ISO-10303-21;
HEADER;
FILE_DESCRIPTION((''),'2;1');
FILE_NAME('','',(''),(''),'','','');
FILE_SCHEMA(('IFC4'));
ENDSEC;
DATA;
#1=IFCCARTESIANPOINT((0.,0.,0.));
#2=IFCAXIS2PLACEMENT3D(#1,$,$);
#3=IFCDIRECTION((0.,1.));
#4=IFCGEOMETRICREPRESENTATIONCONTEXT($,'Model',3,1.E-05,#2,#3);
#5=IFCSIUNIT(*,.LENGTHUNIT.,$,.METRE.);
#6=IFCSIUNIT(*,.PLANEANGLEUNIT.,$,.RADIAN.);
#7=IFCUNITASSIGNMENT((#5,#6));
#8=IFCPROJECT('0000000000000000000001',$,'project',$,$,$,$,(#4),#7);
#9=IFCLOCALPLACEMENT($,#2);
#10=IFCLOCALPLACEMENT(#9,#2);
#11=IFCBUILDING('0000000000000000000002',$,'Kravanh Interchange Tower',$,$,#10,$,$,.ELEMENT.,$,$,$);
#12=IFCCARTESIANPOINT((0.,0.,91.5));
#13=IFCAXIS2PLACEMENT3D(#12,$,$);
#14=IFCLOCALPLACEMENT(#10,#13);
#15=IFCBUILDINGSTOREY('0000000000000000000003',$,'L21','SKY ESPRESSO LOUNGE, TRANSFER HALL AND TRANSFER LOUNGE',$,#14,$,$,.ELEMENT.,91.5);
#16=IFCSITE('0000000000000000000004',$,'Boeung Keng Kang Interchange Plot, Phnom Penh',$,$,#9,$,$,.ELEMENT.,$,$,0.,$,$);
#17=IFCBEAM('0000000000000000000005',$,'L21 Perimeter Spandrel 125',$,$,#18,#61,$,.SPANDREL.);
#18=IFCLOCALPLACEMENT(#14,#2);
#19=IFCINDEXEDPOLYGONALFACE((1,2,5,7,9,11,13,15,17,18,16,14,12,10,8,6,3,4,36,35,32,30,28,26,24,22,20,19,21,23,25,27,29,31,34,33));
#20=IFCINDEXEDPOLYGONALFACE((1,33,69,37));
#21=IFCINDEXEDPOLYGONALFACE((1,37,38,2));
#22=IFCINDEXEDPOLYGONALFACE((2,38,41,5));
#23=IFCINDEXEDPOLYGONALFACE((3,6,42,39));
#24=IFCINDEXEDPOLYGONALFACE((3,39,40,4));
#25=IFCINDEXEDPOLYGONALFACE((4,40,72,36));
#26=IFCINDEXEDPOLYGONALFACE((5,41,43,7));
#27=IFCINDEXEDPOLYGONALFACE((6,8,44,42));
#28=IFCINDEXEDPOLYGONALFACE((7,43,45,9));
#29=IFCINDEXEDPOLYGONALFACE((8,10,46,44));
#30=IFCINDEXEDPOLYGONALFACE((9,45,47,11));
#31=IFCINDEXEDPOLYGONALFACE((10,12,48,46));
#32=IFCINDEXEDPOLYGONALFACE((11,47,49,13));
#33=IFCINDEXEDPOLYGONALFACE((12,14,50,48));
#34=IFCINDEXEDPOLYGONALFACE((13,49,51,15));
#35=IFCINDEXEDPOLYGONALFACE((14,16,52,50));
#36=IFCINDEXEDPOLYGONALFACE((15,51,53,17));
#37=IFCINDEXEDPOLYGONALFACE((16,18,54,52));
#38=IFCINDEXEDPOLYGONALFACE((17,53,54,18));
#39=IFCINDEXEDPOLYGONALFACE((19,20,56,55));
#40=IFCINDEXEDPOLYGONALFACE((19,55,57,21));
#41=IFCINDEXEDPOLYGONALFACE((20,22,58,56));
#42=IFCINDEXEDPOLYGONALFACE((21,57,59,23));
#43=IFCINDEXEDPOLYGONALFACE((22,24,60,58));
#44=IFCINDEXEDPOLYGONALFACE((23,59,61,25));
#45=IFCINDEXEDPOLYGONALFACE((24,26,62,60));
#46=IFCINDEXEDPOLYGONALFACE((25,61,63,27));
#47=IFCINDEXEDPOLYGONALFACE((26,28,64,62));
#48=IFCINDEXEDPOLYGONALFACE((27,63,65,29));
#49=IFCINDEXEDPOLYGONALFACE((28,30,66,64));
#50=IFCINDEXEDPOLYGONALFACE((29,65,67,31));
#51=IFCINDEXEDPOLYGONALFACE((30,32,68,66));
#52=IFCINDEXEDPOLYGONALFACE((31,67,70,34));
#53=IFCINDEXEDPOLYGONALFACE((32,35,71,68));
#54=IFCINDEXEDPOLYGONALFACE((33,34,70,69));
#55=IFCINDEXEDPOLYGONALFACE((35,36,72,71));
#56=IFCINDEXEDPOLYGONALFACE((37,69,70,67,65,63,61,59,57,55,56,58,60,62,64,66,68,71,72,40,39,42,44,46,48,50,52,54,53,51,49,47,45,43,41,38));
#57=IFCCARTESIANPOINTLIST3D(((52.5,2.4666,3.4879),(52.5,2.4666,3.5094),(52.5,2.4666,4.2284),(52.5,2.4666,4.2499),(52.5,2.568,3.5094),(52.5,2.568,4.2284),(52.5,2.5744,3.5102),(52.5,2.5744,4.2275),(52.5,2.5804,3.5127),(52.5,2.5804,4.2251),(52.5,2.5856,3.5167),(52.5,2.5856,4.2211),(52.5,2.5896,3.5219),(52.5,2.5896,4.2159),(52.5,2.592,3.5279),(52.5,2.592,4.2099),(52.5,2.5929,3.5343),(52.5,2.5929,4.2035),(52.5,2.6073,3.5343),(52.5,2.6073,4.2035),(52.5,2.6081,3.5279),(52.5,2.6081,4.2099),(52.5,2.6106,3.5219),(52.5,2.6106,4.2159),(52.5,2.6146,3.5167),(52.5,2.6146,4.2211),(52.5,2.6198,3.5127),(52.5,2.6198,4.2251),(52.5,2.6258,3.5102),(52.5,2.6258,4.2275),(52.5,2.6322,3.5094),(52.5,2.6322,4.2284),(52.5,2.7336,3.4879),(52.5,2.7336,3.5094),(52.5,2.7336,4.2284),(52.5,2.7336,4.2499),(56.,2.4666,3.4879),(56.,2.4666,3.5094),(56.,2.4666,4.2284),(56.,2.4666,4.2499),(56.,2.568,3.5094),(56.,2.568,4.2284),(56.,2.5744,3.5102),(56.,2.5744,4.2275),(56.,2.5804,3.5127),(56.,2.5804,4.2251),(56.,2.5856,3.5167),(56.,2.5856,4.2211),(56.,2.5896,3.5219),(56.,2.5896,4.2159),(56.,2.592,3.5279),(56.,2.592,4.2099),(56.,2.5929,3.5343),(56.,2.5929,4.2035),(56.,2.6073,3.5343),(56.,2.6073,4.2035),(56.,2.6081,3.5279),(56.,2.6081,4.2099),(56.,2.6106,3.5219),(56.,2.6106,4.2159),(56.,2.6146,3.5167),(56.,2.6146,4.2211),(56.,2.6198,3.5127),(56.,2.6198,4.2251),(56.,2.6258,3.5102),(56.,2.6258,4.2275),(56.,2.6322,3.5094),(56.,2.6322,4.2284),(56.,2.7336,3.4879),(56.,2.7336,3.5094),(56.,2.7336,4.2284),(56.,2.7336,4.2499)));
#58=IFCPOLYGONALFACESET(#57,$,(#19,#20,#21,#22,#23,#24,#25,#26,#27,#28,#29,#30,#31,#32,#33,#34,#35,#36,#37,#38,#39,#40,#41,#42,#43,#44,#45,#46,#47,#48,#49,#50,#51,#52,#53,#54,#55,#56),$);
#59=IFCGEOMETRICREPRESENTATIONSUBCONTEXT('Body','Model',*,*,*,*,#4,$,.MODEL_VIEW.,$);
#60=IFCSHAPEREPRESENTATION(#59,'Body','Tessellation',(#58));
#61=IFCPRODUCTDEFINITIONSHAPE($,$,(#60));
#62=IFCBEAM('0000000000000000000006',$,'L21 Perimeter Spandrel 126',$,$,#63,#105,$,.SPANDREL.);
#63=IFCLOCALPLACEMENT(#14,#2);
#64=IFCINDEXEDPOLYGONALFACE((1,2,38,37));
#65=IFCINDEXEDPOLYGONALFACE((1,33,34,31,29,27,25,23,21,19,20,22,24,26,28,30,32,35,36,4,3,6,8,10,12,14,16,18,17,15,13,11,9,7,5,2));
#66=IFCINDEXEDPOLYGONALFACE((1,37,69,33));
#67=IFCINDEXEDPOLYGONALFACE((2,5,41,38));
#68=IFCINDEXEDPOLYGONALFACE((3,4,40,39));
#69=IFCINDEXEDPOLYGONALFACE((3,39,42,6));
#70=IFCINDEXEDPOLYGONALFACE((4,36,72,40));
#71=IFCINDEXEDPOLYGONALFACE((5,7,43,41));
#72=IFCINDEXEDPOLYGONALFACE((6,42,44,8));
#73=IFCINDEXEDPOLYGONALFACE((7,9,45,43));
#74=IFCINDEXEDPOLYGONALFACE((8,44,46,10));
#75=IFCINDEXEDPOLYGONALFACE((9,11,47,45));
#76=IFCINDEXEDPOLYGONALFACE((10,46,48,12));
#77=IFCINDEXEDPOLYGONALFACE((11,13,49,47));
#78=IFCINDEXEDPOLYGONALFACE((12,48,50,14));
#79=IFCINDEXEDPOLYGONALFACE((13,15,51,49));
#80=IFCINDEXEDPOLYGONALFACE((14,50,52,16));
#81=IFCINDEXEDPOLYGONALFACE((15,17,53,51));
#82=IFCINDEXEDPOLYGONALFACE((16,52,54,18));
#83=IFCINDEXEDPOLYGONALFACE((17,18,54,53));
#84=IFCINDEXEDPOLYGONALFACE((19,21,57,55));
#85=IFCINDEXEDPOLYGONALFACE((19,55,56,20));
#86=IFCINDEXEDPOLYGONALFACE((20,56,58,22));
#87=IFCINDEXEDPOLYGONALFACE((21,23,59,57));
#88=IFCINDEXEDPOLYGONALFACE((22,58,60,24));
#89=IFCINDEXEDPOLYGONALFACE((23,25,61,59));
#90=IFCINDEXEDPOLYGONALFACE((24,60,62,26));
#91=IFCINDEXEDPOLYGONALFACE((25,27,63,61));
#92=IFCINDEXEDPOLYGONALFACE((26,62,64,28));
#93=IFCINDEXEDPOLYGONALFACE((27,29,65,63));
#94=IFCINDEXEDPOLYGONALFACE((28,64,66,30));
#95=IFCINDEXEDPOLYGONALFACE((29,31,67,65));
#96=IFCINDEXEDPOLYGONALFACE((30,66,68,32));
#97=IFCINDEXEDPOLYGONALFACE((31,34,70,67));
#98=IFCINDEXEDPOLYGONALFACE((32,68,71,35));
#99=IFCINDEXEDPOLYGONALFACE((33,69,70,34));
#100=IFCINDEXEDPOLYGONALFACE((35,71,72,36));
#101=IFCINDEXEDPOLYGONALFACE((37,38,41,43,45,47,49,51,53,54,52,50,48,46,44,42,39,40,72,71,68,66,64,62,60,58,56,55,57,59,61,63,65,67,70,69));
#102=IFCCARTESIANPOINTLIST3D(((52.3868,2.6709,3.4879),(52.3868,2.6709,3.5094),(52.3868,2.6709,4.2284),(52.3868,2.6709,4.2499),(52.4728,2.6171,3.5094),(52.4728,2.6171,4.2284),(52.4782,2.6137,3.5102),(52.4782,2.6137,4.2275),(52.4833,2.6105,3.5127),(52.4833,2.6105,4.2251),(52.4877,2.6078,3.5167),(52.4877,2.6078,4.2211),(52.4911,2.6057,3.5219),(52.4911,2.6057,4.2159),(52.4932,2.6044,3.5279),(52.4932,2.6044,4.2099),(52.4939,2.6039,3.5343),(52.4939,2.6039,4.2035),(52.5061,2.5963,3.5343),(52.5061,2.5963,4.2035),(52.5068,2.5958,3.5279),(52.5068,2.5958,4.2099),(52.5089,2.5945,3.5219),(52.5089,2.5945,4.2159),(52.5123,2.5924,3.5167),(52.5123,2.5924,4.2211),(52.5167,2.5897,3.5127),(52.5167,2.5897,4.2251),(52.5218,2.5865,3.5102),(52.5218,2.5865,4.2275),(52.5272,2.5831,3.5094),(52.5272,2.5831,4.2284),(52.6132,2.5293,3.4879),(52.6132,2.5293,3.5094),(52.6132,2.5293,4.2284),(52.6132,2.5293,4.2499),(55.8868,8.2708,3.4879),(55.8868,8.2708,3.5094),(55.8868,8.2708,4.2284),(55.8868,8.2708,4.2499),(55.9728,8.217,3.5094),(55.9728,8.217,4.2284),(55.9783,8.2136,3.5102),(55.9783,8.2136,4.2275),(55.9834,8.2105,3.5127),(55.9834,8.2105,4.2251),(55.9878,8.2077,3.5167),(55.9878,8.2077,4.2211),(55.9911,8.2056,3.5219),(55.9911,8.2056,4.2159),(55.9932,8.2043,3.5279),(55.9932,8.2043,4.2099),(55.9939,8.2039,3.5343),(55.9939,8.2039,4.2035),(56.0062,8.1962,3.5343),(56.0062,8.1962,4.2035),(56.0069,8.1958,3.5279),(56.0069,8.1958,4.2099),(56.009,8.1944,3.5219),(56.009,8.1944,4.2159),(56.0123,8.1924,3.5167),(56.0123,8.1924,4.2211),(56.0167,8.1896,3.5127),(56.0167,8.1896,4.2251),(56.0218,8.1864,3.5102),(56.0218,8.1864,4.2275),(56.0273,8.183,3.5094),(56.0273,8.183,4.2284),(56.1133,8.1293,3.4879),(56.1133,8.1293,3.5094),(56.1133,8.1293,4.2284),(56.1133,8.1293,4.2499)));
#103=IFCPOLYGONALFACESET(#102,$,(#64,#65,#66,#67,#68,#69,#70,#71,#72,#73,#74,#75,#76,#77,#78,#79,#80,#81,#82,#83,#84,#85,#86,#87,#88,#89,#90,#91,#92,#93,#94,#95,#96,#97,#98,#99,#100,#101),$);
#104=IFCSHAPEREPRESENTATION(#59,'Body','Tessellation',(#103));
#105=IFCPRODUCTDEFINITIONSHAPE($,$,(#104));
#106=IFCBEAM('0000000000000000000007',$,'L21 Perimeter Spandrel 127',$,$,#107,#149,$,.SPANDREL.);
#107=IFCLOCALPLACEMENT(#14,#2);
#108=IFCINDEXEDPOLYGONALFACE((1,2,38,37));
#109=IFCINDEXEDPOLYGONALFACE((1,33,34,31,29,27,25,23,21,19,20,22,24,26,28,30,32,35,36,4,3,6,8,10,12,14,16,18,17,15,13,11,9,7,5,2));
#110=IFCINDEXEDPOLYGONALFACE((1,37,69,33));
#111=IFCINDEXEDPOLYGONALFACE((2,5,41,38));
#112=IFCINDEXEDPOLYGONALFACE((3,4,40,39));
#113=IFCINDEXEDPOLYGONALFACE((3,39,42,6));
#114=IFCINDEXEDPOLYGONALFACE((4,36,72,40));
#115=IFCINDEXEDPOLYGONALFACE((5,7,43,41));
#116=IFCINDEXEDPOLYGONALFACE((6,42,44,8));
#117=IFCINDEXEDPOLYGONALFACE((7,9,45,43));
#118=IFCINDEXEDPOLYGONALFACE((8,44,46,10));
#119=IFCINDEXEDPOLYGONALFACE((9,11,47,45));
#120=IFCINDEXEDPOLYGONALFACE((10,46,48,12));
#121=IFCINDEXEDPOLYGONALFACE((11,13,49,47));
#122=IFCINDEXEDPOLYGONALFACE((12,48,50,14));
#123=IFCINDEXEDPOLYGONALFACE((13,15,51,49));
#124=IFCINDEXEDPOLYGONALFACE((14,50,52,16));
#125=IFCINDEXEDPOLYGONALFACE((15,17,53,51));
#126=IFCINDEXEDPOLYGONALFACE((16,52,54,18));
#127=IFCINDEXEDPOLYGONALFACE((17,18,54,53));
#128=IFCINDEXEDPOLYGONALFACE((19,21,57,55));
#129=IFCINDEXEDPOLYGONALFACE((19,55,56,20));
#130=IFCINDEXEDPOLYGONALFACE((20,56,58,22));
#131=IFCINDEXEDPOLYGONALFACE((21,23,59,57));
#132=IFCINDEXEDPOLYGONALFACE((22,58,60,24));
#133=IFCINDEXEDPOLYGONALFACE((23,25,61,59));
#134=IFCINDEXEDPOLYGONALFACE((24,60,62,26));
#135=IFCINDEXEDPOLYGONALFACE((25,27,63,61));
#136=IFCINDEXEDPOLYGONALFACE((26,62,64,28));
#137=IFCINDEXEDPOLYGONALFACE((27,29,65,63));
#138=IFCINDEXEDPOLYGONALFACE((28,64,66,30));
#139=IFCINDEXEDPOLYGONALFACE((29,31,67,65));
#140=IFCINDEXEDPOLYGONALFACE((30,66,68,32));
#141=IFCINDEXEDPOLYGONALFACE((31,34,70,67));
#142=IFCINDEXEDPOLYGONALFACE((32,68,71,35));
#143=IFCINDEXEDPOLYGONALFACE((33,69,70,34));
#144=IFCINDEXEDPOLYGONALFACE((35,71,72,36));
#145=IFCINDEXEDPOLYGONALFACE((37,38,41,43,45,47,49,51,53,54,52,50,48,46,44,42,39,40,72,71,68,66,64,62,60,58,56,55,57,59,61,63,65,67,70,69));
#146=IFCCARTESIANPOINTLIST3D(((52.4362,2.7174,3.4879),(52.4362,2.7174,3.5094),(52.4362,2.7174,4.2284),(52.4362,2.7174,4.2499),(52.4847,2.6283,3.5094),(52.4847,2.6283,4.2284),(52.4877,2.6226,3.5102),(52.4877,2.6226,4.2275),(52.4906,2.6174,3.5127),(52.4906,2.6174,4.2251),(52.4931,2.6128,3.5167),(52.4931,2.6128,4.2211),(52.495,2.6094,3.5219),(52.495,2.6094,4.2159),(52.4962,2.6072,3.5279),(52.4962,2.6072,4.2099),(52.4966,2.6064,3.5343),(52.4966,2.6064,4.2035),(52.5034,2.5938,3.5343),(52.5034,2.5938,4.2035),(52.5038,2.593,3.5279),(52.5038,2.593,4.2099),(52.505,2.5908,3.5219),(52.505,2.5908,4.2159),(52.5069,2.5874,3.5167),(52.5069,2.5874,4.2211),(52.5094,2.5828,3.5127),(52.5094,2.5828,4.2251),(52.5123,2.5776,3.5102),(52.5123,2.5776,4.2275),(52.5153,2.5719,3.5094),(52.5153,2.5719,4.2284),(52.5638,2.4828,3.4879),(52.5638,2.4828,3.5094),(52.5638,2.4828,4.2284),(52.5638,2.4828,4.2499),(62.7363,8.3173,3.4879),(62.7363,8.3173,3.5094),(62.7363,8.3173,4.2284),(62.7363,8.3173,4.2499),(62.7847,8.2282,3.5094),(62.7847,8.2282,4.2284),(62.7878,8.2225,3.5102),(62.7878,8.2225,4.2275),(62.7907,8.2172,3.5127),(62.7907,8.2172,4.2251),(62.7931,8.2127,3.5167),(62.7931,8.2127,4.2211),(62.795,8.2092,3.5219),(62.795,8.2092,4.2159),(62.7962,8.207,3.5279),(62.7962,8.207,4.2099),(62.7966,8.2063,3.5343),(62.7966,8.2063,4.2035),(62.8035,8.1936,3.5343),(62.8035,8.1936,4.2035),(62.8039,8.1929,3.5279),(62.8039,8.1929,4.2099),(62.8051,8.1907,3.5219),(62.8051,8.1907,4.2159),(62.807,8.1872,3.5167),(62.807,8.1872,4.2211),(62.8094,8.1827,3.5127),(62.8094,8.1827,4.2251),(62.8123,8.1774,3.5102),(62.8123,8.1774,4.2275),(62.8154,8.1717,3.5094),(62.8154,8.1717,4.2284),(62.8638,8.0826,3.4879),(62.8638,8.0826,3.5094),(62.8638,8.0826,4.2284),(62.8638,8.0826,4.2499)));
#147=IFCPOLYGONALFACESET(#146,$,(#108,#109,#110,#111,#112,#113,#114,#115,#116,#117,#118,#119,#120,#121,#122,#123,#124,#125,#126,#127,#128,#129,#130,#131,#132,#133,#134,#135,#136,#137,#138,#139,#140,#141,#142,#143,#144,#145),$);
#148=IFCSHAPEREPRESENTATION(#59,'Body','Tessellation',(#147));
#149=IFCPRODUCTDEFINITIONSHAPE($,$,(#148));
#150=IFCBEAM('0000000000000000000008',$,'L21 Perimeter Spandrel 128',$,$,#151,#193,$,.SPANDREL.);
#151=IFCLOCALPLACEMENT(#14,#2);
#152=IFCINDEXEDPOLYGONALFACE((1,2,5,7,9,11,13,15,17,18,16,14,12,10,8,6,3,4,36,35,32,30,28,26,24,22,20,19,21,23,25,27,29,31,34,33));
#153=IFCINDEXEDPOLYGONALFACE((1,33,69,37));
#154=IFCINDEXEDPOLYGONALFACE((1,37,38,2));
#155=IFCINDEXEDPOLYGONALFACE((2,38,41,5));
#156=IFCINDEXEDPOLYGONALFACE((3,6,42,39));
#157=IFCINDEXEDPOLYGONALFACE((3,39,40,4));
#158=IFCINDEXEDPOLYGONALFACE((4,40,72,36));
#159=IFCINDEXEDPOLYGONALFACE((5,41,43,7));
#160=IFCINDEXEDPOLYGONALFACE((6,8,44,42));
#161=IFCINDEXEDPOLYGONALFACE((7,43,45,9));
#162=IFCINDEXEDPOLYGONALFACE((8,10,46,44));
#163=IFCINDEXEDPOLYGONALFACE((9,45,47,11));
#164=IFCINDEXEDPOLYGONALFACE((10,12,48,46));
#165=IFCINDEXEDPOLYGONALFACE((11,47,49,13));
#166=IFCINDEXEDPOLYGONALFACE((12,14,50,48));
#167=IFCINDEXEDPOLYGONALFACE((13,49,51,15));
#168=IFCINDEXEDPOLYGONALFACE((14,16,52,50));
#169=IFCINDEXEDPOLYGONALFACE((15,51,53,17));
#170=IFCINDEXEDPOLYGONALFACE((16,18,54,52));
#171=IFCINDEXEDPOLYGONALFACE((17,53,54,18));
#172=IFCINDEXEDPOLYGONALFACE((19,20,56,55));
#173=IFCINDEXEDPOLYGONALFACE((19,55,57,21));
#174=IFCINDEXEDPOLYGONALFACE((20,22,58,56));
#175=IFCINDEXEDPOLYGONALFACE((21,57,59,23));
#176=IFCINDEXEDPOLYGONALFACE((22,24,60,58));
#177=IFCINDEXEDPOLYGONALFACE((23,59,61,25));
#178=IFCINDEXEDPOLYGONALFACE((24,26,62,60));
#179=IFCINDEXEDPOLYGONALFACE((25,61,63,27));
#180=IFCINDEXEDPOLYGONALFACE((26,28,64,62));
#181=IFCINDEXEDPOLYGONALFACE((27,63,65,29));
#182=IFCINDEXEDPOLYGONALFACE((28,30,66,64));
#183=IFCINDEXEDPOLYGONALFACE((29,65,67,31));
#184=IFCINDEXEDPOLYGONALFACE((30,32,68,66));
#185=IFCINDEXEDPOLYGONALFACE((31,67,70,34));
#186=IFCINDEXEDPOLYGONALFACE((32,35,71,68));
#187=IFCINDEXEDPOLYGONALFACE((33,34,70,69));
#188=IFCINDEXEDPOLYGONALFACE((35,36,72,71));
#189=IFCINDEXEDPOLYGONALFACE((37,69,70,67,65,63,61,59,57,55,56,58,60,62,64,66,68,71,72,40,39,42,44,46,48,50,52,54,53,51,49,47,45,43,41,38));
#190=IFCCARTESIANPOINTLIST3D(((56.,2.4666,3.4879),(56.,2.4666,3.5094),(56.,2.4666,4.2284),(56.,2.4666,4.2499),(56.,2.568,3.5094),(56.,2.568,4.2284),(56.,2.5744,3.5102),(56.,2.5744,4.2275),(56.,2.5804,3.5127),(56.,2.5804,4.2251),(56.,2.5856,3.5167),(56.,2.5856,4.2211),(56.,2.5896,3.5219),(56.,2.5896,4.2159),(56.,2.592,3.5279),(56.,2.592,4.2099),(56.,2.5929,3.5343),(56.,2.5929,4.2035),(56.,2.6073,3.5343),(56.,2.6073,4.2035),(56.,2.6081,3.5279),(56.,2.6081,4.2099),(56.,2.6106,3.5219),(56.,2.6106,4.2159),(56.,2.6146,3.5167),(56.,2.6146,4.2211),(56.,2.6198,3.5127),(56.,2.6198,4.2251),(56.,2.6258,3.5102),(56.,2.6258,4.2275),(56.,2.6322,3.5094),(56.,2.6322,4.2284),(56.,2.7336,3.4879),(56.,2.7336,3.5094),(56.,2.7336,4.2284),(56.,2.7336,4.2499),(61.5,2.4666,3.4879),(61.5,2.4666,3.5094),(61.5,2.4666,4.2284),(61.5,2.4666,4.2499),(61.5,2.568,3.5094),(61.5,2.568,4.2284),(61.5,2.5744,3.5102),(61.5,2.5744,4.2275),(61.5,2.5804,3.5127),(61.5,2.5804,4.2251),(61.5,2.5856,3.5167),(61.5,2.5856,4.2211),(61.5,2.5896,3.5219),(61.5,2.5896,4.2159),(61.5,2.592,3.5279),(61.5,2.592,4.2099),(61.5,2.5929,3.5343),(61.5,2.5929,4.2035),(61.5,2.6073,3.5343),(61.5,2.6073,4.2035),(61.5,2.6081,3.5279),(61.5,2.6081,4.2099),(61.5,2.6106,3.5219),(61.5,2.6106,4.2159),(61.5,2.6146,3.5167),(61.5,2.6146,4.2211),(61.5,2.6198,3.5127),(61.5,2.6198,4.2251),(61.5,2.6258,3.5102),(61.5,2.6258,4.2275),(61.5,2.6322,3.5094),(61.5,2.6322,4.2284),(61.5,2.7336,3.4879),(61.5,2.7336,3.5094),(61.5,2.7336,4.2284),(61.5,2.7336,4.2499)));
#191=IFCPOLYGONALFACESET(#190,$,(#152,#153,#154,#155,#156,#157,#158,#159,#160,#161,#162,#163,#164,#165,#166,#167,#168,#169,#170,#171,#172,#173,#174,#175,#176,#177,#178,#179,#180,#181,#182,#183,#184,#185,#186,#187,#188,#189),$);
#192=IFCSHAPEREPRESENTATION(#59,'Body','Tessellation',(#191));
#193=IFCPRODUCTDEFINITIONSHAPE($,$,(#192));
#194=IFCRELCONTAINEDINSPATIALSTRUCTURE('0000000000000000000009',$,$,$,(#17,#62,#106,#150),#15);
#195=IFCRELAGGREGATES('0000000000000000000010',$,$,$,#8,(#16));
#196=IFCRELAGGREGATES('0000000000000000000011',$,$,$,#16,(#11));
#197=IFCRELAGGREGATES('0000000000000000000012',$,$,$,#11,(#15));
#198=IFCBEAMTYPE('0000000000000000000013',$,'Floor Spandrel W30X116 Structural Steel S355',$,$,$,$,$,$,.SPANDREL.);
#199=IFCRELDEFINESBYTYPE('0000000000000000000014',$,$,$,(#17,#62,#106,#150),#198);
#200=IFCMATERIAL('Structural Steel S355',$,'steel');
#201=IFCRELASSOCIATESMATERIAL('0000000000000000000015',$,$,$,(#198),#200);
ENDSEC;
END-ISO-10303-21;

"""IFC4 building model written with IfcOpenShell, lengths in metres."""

from ifc_helpers import new_model, si_unit, direction, frame, origin, origin_2d, place, context, subcontext, project, spatial, i_section, extrude, material, material_profile, profile_set, type_object, element, save


model = new_model("IFC4")

# Units and contexts
model_context = context("Model", 3, precision=1e-05, world=origin(), true_north=direction((0.0, 1.0)))
body_context = subcontext(model_context, "Body", "Model", "MODEL_VIEW")
ifc_project = project(units=[si_unit("LENGTHUNIT", "METRE"), si_unit("PLANEANGLEUNIT", "RADIAN")], contexts=[model_context])

# Site, building, storey
site_placement = place(None, origin())
site = spatial("IfcSite", under=ifc_project, at=site_placement, Name="Boeung Keng Kang Interchange Plot, Phnom Penh", CompositionType="ELEMENT", RefElevation=0.0)
building_placement = place(site_placement, origin())
building = spatial("IfcBuilding", under=site, at=building_placement, Name="Kravanh Interchange Tower", CompositionType="ELEMENT")
storey_placement = place(building_placement, frame((0.0, 0.0, 91.5)))
storey = spatial("IfcBuildingStorey", under=building, at=storey_placement, Name="L21", Description="SKY ESPRESSO LOUNGE, TRANSFER HALL AND TRANSFER LOUNGE", CompositionType="ELEMENT", Elevation=91.5)

# Beams
ifc_material_1 = material(Name="Structural Steel S355", Category="steel")
ifc_material_profile_1 = material_profile(ifc_material_1, i_section(OverallWidth=0.2671, OverallDepth=0.762, WebThickness=0.0144, FlangeThickness=0.0215, FilletRadius=0.0249, at=origin_2d()), Name="W30X116")
ifc_profile_set_1 = profile_set([ifc_material_profile_1], Name="Structural Steel S355")
beam_type_1 = type_object("IfcBeamType", Name="Floor Spandrel W30X116 Structural Steel S355", PredefinedType="SPANDREL", material=ifc_profile_set_1)
beam_1_placement = place(storey_placement, frame((52.5, 2.6001, 3.8689), z_axis=(1.0, 0.0, 0.0), x_axis=(0.0, 1.0, 0.0)))
element("IfcBeam", 1, at=beam_1_placement, inside=storey, type_object=beam_type_1, Name="L21 Perimeter Spandrel 125", PredefinedType="SPANDREL", context=body_context, shape_type="SweptSolid", body=[
    extrude(i_section(OverallWidth=0.2671, OverallDepth=0.762, WebThickness=0.0144, FlangeThickness=0.0215, FilletRadius=0.0249, at=origin_2d()), origin(), (0.0, 0.0, 1.0), 3.5),
])
beam_2_placement = place(storey_placement, frame((52.5, 2.6001, 3.8689), z_axis=(0.530009, 0.847992, 0.0), x_axis=(-0.847992, 0.530009, 0.0)))
element("IfcBeam", 2, at=beam_2_placement, inside=storey, type_object=beam_type_1, Name="L21 Perimeter Spandrel 126", PredefinedType="SPANDREL", context=body_context, shape_type="SweptSolid", body=[
    extrude(i_section(OverallWidth=0.2671, OverallDepth=0.762, WebThickness=0.0144, FlangeThickness=0.0215, FilletRadius=0.0249, at=origin_2d()), origin(), (0.0, 0.0, 1.0), 6.6038),
])
beam_3_placement = place(storey_placement, frame((52.5, 2.6001, 3.8689), z_axis=(0.878553, 0.477645, 0.0), x_axis=(-0.477645, 0.878553, 0.0)))
element("IfcBeam", 3, at=beam_3_placement, inside=storey, type_object=beam_type_1, Name="L21 Perimeter Spandrel 127", PredefinedType="SPANDREL", context=body_context, shape_type="SweptSolid", body=[
    extrude(i_section(OverallWidth=0.2671, OverallDepth=0.762, WebThickness=0.0144, FlangeThickness=0.0215, FilletRadius=0.0249, at=origin_2d()), origin(), (0.0, 0.0, 1.0), 11.7239),
])
beam_4_placement = place(storey_placement, frame((56.0, 2.6001, 3.8689), z_axis=(1.0, 0.0, 0.0), x_axis=(0.0, 1.0, 0.0)))
element("IfcBeam", 4, at=beam_4_placement, inside=storey, type_object=beam_type_1, Name="L21 Perimeter Spandrel 128", PredefinedType="SPANDREL", context=body_context, shape_type="SweptSolid", body=[
    extrude(i_section(OverallWidth=0.2671, OverallDepth=0.762, WebThickness=0.0144, FlangeThickness=0.0215, FilletRadius=0.0249, at=origin_2d()), origin(), (0.0, 0.0, 1.0), 5.5),
])

save(model, "model.ifc")
